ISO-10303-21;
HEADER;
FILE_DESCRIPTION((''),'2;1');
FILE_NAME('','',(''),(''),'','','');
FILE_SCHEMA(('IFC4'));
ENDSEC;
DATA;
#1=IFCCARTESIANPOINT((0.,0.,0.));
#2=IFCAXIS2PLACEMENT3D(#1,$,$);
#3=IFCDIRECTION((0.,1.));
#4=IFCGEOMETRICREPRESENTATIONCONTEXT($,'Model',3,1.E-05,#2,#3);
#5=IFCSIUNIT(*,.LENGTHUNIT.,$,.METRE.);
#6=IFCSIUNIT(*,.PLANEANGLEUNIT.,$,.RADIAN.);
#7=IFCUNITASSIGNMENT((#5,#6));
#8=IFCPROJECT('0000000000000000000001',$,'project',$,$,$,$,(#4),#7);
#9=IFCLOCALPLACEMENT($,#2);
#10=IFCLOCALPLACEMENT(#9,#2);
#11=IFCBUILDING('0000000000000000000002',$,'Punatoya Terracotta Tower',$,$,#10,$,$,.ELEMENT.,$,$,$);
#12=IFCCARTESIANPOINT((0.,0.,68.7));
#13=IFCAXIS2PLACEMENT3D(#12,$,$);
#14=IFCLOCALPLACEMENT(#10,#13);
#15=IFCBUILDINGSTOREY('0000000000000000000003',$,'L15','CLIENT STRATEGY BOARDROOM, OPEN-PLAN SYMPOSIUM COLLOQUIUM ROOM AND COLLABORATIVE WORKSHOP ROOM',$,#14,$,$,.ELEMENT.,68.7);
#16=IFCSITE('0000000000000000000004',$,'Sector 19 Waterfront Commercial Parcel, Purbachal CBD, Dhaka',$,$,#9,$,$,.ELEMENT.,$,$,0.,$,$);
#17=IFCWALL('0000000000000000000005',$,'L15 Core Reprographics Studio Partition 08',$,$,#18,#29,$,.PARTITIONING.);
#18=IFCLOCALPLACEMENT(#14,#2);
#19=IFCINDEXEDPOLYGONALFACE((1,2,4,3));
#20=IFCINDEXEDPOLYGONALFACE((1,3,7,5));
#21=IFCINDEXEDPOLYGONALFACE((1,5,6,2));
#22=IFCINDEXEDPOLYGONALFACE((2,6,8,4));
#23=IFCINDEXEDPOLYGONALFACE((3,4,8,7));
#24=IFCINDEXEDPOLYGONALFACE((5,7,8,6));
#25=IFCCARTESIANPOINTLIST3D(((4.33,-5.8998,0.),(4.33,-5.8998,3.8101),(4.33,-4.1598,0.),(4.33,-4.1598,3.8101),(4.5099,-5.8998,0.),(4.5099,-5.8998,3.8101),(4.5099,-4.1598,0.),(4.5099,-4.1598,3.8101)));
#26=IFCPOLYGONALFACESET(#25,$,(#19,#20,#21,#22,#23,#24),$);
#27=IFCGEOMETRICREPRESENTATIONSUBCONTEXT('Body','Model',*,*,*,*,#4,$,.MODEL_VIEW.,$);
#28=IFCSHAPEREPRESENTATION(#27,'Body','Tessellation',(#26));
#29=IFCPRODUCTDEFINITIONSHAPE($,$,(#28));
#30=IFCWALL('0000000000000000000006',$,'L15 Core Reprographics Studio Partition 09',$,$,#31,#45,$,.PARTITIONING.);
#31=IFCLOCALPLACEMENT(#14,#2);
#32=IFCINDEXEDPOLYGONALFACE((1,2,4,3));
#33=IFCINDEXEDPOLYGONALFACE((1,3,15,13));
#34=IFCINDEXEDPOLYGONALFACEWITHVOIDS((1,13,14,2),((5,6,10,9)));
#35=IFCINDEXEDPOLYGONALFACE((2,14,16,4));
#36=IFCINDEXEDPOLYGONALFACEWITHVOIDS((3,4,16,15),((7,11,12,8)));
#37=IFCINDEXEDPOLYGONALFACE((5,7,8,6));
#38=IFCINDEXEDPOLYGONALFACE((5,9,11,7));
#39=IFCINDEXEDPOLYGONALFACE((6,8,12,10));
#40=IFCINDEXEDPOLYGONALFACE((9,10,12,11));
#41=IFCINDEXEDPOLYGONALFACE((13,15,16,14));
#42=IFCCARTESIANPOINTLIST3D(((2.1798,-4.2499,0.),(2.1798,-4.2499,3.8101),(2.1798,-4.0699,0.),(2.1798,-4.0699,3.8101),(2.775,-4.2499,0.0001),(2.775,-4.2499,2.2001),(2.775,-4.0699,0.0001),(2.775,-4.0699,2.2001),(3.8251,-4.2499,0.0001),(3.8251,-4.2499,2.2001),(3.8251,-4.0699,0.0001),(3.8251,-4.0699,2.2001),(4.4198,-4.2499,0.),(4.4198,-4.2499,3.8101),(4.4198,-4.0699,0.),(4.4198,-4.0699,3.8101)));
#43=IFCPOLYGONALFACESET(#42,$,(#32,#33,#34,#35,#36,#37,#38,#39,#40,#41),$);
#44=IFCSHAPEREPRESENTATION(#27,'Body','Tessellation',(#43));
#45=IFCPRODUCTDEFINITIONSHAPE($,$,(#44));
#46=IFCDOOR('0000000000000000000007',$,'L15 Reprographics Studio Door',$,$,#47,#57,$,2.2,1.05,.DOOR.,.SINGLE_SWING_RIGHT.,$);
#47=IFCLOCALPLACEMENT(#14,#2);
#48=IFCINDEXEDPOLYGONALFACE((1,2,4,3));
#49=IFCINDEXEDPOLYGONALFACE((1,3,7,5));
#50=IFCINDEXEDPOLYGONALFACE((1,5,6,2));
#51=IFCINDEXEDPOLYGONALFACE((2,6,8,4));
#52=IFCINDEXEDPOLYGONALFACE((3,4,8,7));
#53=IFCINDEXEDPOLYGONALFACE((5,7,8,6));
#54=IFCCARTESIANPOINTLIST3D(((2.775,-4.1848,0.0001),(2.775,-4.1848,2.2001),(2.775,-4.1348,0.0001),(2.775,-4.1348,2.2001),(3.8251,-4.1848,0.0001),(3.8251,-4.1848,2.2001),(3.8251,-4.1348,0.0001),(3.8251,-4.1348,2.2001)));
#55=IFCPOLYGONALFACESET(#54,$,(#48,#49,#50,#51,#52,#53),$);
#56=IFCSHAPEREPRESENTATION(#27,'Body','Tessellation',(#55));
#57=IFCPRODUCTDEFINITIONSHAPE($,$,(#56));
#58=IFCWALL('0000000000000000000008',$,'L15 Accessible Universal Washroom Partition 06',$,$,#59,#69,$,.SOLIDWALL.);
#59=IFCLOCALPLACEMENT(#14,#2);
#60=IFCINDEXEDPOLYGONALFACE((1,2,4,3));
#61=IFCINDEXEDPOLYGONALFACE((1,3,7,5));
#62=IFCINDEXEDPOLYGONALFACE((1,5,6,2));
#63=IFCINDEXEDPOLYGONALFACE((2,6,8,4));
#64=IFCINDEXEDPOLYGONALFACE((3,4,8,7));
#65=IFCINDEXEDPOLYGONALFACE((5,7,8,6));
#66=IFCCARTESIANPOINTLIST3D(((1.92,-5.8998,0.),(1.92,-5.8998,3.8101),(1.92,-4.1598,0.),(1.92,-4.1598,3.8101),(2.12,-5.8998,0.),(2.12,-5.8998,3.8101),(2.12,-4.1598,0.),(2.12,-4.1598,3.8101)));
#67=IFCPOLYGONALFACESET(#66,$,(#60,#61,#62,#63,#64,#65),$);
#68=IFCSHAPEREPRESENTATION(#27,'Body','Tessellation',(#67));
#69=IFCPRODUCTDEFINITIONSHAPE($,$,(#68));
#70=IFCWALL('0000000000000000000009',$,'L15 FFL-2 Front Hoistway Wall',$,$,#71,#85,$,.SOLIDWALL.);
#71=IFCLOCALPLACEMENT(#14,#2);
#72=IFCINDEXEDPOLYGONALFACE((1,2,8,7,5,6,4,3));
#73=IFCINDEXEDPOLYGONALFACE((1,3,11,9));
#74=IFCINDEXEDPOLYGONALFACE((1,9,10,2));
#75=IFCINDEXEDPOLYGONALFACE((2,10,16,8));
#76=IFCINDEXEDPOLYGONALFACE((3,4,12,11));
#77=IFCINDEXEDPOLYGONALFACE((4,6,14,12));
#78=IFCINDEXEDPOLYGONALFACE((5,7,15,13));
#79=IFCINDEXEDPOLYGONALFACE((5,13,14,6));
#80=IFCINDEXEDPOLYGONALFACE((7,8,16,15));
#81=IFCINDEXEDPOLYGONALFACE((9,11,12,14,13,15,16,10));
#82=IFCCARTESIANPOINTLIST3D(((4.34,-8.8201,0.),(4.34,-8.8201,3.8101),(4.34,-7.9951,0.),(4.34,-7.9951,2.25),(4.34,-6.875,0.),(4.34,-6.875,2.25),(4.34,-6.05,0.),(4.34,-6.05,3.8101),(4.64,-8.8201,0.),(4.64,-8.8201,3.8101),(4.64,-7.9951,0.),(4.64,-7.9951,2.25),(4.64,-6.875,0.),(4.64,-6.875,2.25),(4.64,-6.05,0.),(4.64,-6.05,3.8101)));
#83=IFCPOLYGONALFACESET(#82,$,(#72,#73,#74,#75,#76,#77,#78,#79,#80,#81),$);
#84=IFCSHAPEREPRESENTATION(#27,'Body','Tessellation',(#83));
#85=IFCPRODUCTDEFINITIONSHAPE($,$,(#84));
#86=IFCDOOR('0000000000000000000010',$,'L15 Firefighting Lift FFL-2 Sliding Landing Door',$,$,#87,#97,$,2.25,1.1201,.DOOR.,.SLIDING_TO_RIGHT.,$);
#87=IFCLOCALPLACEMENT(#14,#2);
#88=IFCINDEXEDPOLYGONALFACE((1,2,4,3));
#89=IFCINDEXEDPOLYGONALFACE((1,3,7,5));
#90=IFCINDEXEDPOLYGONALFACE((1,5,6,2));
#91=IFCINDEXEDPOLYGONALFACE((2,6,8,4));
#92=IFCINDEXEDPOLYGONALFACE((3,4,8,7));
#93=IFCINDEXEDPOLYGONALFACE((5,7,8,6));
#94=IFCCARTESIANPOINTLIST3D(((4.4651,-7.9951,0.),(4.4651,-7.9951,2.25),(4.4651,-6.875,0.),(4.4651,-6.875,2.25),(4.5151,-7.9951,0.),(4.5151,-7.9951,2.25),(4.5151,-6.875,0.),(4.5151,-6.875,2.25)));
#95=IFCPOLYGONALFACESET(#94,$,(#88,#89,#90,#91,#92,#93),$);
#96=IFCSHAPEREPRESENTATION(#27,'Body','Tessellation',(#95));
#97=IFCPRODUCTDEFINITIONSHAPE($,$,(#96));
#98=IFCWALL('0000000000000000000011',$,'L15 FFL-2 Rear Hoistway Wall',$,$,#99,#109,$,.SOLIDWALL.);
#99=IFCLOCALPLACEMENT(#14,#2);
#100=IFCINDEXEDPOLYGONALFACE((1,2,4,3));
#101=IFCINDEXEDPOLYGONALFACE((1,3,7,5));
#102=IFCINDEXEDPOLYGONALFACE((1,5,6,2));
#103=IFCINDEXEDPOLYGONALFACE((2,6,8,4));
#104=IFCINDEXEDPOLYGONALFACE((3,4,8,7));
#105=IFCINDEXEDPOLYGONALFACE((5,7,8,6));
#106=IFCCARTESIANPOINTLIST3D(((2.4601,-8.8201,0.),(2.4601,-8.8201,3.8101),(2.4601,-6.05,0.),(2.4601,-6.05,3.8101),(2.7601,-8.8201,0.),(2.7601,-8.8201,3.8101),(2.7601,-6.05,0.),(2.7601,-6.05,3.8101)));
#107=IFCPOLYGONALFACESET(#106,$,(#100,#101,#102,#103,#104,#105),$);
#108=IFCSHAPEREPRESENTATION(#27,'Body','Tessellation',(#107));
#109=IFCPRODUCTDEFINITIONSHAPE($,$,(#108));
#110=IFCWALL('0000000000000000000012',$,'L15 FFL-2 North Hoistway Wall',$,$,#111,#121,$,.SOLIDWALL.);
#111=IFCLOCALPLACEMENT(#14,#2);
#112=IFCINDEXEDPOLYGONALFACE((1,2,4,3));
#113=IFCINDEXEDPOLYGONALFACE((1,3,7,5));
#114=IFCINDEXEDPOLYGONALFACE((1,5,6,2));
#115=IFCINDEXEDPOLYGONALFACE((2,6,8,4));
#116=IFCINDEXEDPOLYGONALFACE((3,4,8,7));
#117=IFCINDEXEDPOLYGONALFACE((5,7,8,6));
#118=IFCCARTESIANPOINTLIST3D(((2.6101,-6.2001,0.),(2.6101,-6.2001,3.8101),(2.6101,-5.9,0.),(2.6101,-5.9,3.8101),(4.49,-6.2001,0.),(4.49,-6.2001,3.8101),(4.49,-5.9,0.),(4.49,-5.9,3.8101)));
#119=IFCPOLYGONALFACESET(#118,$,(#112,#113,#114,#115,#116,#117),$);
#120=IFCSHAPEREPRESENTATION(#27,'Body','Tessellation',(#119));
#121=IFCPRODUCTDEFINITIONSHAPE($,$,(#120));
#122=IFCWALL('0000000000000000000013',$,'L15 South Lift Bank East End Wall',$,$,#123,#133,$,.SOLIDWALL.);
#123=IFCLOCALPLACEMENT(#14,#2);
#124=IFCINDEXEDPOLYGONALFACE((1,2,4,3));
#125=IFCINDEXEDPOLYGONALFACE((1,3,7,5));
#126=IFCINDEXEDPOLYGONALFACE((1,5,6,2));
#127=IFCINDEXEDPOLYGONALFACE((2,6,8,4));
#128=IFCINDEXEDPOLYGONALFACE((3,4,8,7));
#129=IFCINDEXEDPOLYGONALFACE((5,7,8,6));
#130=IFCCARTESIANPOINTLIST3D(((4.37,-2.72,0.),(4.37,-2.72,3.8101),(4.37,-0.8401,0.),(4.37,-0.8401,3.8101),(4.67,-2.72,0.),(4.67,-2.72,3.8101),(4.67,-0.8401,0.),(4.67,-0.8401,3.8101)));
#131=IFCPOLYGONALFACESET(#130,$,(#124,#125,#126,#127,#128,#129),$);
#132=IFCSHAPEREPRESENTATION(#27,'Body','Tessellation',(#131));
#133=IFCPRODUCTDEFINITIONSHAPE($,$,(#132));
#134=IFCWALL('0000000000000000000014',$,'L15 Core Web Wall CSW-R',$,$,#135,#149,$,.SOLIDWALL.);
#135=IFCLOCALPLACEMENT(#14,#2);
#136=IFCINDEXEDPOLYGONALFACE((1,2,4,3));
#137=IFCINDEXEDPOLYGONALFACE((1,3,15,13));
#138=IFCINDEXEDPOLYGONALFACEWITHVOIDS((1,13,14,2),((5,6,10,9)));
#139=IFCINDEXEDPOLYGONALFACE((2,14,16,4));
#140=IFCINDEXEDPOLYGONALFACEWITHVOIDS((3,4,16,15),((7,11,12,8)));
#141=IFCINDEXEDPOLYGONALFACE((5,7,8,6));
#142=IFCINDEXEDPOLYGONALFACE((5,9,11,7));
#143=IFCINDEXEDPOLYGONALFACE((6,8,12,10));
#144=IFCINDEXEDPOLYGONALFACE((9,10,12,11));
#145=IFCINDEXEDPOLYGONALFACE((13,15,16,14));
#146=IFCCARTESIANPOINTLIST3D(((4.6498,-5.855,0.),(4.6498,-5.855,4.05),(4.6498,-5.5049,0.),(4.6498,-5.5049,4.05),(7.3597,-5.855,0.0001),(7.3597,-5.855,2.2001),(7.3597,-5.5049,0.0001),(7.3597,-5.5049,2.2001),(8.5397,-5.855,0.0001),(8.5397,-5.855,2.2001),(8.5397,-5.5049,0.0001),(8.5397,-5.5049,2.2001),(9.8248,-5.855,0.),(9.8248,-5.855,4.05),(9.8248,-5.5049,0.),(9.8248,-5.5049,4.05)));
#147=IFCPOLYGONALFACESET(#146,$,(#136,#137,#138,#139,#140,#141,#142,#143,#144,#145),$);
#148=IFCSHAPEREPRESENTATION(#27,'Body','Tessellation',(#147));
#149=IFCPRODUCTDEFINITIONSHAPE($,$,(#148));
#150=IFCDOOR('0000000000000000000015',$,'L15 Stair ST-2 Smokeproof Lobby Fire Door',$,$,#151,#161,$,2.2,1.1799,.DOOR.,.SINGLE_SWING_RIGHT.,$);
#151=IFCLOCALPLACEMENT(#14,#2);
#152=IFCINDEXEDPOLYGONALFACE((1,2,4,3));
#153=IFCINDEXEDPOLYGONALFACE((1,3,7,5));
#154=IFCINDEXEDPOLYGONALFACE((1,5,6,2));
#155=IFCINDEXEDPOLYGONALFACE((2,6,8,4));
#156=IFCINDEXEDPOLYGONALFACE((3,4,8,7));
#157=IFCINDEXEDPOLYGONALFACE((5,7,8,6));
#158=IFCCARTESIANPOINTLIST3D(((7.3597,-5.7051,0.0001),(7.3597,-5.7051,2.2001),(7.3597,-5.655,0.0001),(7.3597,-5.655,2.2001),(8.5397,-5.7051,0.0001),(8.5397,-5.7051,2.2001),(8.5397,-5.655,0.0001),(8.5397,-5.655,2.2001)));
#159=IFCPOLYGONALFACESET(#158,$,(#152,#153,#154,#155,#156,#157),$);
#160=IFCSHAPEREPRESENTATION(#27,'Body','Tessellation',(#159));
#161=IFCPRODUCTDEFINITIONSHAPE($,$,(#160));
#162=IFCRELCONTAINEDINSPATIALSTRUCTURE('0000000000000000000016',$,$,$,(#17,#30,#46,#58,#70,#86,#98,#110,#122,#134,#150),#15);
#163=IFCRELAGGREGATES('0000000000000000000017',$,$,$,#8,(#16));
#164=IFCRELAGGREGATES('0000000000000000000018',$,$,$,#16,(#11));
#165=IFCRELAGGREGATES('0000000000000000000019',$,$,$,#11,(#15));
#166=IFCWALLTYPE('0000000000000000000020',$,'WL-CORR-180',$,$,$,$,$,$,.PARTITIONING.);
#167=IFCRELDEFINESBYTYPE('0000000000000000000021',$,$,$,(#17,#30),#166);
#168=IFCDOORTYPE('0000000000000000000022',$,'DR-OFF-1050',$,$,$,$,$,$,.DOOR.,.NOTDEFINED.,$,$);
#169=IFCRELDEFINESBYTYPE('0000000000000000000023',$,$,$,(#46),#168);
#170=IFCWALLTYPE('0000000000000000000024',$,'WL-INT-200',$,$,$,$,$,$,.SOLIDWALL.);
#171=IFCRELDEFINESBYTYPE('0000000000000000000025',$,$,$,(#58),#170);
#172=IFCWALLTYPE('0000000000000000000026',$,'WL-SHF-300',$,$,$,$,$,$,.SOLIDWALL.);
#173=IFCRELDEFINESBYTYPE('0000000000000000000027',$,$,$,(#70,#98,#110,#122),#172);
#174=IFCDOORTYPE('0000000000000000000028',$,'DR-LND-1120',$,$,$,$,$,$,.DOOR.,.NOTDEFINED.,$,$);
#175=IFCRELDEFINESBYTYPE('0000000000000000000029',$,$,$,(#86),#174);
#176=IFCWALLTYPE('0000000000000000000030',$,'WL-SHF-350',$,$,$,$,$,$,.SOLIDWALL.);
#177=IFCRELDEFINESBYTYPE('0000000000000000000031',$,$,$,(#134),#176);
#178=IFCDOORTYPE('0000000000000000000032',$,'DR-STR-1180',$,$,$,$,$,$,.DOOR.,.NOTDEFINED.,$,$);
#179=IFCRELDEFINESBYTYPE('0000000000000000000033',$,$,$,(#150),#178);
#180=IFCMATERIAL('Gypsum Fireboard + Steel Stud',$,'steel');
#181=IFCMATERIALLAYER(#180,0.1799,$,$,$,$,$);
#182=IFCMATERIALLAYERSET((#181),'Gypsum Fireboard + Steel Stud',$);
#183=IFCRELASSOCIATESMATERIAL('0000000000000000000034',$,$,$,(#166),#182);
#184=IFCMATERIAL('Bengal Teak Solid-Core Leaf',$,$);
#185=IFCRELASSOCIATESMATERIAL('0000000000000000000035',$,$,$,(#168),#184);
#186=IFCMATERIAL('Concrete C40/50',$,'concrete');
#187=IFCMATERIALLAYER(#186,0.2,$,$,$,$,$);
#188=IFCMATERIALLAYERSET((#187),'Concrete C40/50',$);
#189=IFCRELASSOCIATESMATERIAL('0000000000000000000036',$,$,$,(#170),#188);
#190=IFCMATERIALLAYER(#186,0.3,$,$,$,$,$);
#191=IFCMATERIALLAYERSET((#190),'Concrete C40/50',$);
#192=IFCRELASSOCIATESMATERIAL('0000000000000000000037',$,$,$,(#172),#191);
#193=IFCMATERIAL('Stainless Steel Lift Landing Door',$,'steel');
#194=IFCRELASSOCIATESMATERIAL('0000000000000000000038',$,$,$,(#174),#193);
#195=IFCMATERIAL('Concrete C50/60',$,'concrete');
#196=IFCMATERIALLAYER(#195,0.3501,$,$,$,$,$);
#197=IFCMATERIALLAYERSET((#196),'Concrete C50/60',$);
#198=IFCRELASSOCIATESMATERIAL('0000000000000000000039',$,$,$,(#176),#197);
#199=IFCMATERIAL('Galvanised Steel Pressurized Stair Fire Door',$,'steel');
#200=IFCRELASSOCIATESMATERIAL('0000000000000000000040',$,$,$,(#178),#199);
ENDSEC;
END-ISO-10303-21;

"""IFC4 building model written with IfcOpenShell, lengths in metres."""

from ifc_helpers import new_model, si_unit, direction, frame, frame_2d, origin, place, context, subcontext, project, spatial, rectangle, extrude, material, layer, layer_set, type_object, element, fill, save


model = new_model("IFC4")

# Units and contexts
model_context = context("Model", 3, precision=1e-05, world=origin(), true_north=direction((0.0, 1.0)))
body_context = subcontext(model_context, "Body", "Model", "MODEL_VIEW")
ifc_project = project(units=[si_unit("LENGTHUNIT", "METRE"), si_unit("PLANEANGLEUNIT", "RADIAN")], contexts=[model_context])

# Site, building, storey
site_placement = place(None, origin())
site = spatial("IfcSite", under=ifc_project, at=site_placement, Name="Sector 19 Waterfront Commercial Parcel, Purbachal CBD, Dhaka", CompositionType="ELEMENT", RefElevation=0.0)
building_placement = place(site_placement, origin())
building = spatial("IfcBuilding", under=site, at=building_placement, Name="Punatoya Terracotta Tower", CompositionType="ELEMENT")
storey_placement = place(building_placement, frame((0.0, 0.0, 68.7)))
storey = spatial("IfcBuildingStorey", under=building, at=storey_placement, Name="L15", Description="CLIENT STRATEGY BOARDROOM, OPEN-PLAN SYMPOSIUM COLLOQUIUM ROOM AND COLLABORATIVE WORKSHOP ROOM", CompositionType="ELEMENT", Elevation=68.7)

# Wall
ifc_material_1 = material(Name="Gypsum Fireboard + Steel Stud", Category="steel")
ifc_layer_1 = layer(ifc_material_1, 0.1799)
ifc_layer_set_1 = layer_set([ifc_layer_1], Name="Gypsum Fireboard + Steel Stud")
wall_type_1 = type_object("IfcWallType", Name="WL-CORR-180", PredefinedType="PARTITIONING", material=ifc_layer_set_1)
wall_1_placement = place(storey_placement, frame((4.4199, -5.8999, 0.0), z_axis=(0.0, 0.0, 1.0), x_axis=(0.0, 1.0, 0.0)))
element("IfcWall", 1, at=wall_1_placement, inside=storey, type_object=wall_type_1, Name="L15 Core Reprographics Studio Partition 08", PredefinedType="PARTITIONING", context=body_context, shape_type="SweptSolid", body=[
    extrude(rectangle(XDim=1.74, YDim=0.1799, at=frame_2d((0.8701, 0.0))), origin(), (0.0, 0.0, 1.0), 3.8101),
])

# Wall, opening, door
wall_2_placement = place(storey_placement, frame((4.4199, -4.1599, 0.0), z_axis=(0.0, 0.0, 1.0), x_axis=(-1.0, 0.0, 0.0)))
wall_2 = element("IfcWall", 2, at=wall_2_placement, inside=storey, type_object=wall_type_1, Name="L15 Core Reprographics Studio Partition 09", PredefinedType="PARTITIONING", context=body_context, shape_type="SweptSolid", body=[
    extrude(rectangle(XDim=2.24, YDim=0.1799, at=frame_2d((1.1201, 0.0))), origin(), (0.0, 0.0, 1.0), 3.8101),
])
opening_1_placement = place(wall_2_placement, frame((0.595, 0.0, 0.0)))
opening_1 = element("IfcOpeningElement", 3, at=opening_1_placement, cuts=wall_2, PredefinedType="OPENING", context=body_context, shape_type="SweptSolid", body=[
    extrude(rectangle(XDim=1.05, YDim=2.2, at=frame_2d((0.5249, 1.1001))), frame((0.0, 0.0999, 0.0), z_axis=(0.0, -1.0, 0.0), x_axis=(1.0, 0.0, 0.0)), (0.0, 0.0, 1.0), 0.2),
])
ifc_material_2 = material(Name="Bengal Teak Solid-Core Leaf")
door_type_1 = type_object("IfcDoorType", Name="DR-OFF-1050", OperationType="NOTDEFINED", PredefinedType="DOOR", material=ifc_material_2)
door_1_placement = place(opening_1_placement, origin())
door_1 = element("IfcDoor", 4, at=door_1_placement, inside=storey, type_object=door_type_1, Name="L15 Reprographics Studio Door", OperationType="SINGLE_SWING_RIGHT", OverallHeight=2.2, OverallWidth=1.05, PredefinedType="DOOR", context=body_context, shape_type="SweptSolid", body=[
    extrude(rectangle(XDim=1.05, YDim=2.2, at=frame_2d((0.5249, 1.1001))), frame((0.0, 0.0249, 0.0), z_axis=(0.0, -1.0, 0.0), x_axis=(1.0, 0.0, 0.0)), (0.0, 0.0, 1.0), 0.05),
])
fill(opening_1, door_1)

# Wall
ifc_material_3 = material(Name="Concrete C40/50", Category="concrete")
ifc_layer_2 = layer(ifc_material_3, 0.2)
ifc_layer_set_2 = layer_set([ifc_layer_2], Name="Concrete C40/50")
wall_type_2 = type_object("IfcWallType", Name="WL-INT-200", PredefinedType="SOLIDWALL", material=ifc_layer_set_2)
wall_3_placement = place(storey_placement, frame((2.02, -5.8999, 0.0), z_axis=(0.0, 0.0, 1.0), x_axis=(0.0, 1.0, 0.0)))
element("IfcWall", 5, at=wall_3_placement, inside=storey, type_object=wall_type_2, Name="L15 Accessible Universal Washroom Partition 06", PredefinedType="SOLIDWALL", context=body_context, shape_type="SweptSolid", body=[
    extrude(rectangle(XDim=1.74, YDim=0.2, at=frame_2d((0.8701, 0.0))), origin(), (0.0, 0.0, 1.0), 3.8101),
])

# Wall, opening, door
ifc_layer_3 = layer(ifc_material_3, 0.3)
ifc_layer_set_3 = layer_set([ifc_layer_3], Name="Concrete C40/50")
wall_type_3 = type_object("IfcWallType", Name="WL-SHF-300", PredefinedType="SOLIDWALL", material=ifc_layer_set_3)
wall_4_placement = place(storey_placement, frame((4.49, -8.8201, 0.0), z_axis=(0.0, 0.0, 1.0), x_axis=(0.0, 1.0, 0.0)))
wall_4 = element("IfcWall", 6, at=wall_4_placement, inside=storey, type_object=wall_type_3, Name="L15 FFL-2 Front Hoistway Wall", PredefinedType="SOLIDWALL", context=body_context, shape_type="SweptSolid", body=[
    extrude(rectangle(XDim=2.77, YDim=0.3, at=frame_2d((1.385, 0.0))), origin(), (0.0, 0.0, 1.0), 3.8101),
])
opening_2_placement = place(wall_4_placement, frame((0.825, 0.0, 0.0)))
opening_2 = element("IfcOpeningElement", 7, at=opening_2_placement, cuts=wall_4, PredefinedType="OPENING", context=body_context, shape_type="SweptSolid", body=[
    extrude(rectangle(XDim=1.1201, YDim=2.25, at=frame_2d((0.5601, 1.125))), frame((0.0, 0.1599, 0.0), z_axis=(0.0, -1.0, 0.0), x_axis=(1.0, 0.0, 0.0)), (0.0, 0.0, 1.0), 0.3201),
])
ifc_material_4 = material(Name="Stainless Steel Lift Landing Door", Category="steel")
door_type_2 = type_object("IfcDoorType", Name="DR-LND-1120", OperationType="NOTDEFINED", PredefinedType="DOOR", material=ifc_material_4)
door_2_placement = place(opening_2_placement, origin())
door_2 = element("IfcDoor", 8, at=door_2_placement, inside=storey, type_object=door_type_2, Name="L15 Firefighting Lift FFL-2 Sliding Landing Door", OperationType="SLIDING_TO_RIGHT", OverallHeight=2.25, OverallWidth=1.1201, PredefinedType="DOOR", context=body_context, shape_type="SweptSolid", body=[
    extrude(rectangle(XDim=1.1201, YDim=2.25, at=frame_2d((0.5601, 1.125))), frame((0.0, 0.0249, 0.0), z_axis=(0.0, -1.0, 0.0), x_axis=(1.0, 0.0, 0.0)), (0.0, 0.0, 1.0), 0.05),
])
fill(opening_2, door_2)

# Walls
wall_5_placement = place(storey_placement, frame((2.6101, -8.8201, 0.0), z_axis=(0.0, 0.0, 1.0), x_axis=(0.0, 1.0, 0.0)))
element("IfcWall", 9, at=wall_5_placement, inside=storey, type_object=wall_type_3, Name="L15 FFL-2 Rear Hoistway Wall", PredefinedType="SOLIDWALL", context=body_context, shape_type="SweptSolid", body=[
    extrude(rectangle(XDim=2.77, YDim=0.3, at=frame_2d((1.385, 0.0))), origin(), (0.0, 0.0, 1.0), 3.8101),
])
for number, where, z_axis, x_axis, name in (
    (10, (2.6101, -6.05, 0.0), (0.0, 0.0, 1.0), (1.0, 0.0, 0.0), "L15 FFL-2 North Hoistway Wall"),
    (11, (4.52, -2.72, 0.0), (0.0, 0.0, 1.0), (0.0, 1.0, 0.0), "L15 South Lift Bank East End Wall"),
):
    element("IfcWall", number, at=place(storey_placement, frame(where, z_axis=z_axis, x_axis=x_axis)), inside=storey, type_object=wall_type_3, Name=name, PredefinedType="SOLIDWALL", context=body_context, shape_type="SweptSolid", body=[
        extrude(rectangle(XDim=1.8799, YDim=0.3, at=frame_2d((0.9399, 0.0))), origin(), (0.0, 0.0, 1.0), 3.8101),
    ])

# Wall, opening, door
ifc_material_5 = material(Name="Concrete C50/60", Category="concrete")
ifc_layer_4 = layer(ifc_material_5, 0.3501)
ifc_layer_set_4 = layer_set([ifc_layer_4], Name="Concrete C50/60")
wall_type_4 = type_object("IfcWallType", Name="WL-SHF-350", PredefinedType="SOLIDWALL", material=ifc_layer_set_4)
wall_6_placement = place(storey_placement, frame((4.6499, -5.6799, 0.0), z_axis=(0.0, 0.0, 1.0), x_axis=(1.0, 0.0, 0.0)))
wall_6 = element("IfcWall", 12, at=wall_6_placement, inside=storey, type_object=wall_type_4, Name="L15 Core Web Wall CSW-R", PredefinedType="SOLIDWALL", context=body_context, shape_type="SweptSolid", body=[
    extrude(rectangle(XDim=5.175, YDim=0.3501, at=frame_2d((2.5874, 0.0))), origin(), (0.0, 0.0, 1.0), 4.05),
])
opening_3_placement = place(wall_6_placement, frame((2.71, 0.0, 0.0)))
opening_3 = element("IfcOpeningElement", 13, at=opening_3_placement, cuts=wall_6, PredefinedType="OPENING", context=body_context, shape_type="SweptSolid", body=[
    extrude(rectangle(XDim=1.1799, YDim=2.2, at=frame_2d((0.5898, 1.1001))), frame((0.0, 0.1851, 0.0), z_axis=(0.0, -1.0, 0.0), x_axis=(1.0, 0.0, 0.0)), (0.0, 0.0, 1.0), 0.3701),
])
ifc_material_6 = material(Name="Galvanised Steel Pressurized Stair Fire Door", Category="steel")
door_type_3 = type_object("IfcDoorType", Name="DR-STR-1180", OperationType="NOTDEFINED", PredefinedType="DOOR", material=ifc_material_6)
door_3_placement = place(opening_3_placement, origin())
door_3 = element("IfcDoor", 14, at=door_3_placement, inside=storey, type_object=door_type_3, Name="L15 Stair ST-2 Smokeproof Lobby Fire Door", OperationType="SINGLE_SWING_RIGHT", OverallHeight=2.2, OverallWidth=1.1799, PredefinedType="DOOR", context=body_context, shape_type="SweptSolid", body=[
    extrude(rectangle(XDim=1.1799, YDim=2.2, at=frame_2d((0.5898, 1.1001))), frame((0.0, 0.0249, 0.0), z_axis=(0.0, -1.0, 0.0), x_axis=(1.0, 0.0, 0.0)), (0.0, 0.0, 1.0), 0.05),
])
fill(opening_3, door_3)

save(model, "model.ifc")
